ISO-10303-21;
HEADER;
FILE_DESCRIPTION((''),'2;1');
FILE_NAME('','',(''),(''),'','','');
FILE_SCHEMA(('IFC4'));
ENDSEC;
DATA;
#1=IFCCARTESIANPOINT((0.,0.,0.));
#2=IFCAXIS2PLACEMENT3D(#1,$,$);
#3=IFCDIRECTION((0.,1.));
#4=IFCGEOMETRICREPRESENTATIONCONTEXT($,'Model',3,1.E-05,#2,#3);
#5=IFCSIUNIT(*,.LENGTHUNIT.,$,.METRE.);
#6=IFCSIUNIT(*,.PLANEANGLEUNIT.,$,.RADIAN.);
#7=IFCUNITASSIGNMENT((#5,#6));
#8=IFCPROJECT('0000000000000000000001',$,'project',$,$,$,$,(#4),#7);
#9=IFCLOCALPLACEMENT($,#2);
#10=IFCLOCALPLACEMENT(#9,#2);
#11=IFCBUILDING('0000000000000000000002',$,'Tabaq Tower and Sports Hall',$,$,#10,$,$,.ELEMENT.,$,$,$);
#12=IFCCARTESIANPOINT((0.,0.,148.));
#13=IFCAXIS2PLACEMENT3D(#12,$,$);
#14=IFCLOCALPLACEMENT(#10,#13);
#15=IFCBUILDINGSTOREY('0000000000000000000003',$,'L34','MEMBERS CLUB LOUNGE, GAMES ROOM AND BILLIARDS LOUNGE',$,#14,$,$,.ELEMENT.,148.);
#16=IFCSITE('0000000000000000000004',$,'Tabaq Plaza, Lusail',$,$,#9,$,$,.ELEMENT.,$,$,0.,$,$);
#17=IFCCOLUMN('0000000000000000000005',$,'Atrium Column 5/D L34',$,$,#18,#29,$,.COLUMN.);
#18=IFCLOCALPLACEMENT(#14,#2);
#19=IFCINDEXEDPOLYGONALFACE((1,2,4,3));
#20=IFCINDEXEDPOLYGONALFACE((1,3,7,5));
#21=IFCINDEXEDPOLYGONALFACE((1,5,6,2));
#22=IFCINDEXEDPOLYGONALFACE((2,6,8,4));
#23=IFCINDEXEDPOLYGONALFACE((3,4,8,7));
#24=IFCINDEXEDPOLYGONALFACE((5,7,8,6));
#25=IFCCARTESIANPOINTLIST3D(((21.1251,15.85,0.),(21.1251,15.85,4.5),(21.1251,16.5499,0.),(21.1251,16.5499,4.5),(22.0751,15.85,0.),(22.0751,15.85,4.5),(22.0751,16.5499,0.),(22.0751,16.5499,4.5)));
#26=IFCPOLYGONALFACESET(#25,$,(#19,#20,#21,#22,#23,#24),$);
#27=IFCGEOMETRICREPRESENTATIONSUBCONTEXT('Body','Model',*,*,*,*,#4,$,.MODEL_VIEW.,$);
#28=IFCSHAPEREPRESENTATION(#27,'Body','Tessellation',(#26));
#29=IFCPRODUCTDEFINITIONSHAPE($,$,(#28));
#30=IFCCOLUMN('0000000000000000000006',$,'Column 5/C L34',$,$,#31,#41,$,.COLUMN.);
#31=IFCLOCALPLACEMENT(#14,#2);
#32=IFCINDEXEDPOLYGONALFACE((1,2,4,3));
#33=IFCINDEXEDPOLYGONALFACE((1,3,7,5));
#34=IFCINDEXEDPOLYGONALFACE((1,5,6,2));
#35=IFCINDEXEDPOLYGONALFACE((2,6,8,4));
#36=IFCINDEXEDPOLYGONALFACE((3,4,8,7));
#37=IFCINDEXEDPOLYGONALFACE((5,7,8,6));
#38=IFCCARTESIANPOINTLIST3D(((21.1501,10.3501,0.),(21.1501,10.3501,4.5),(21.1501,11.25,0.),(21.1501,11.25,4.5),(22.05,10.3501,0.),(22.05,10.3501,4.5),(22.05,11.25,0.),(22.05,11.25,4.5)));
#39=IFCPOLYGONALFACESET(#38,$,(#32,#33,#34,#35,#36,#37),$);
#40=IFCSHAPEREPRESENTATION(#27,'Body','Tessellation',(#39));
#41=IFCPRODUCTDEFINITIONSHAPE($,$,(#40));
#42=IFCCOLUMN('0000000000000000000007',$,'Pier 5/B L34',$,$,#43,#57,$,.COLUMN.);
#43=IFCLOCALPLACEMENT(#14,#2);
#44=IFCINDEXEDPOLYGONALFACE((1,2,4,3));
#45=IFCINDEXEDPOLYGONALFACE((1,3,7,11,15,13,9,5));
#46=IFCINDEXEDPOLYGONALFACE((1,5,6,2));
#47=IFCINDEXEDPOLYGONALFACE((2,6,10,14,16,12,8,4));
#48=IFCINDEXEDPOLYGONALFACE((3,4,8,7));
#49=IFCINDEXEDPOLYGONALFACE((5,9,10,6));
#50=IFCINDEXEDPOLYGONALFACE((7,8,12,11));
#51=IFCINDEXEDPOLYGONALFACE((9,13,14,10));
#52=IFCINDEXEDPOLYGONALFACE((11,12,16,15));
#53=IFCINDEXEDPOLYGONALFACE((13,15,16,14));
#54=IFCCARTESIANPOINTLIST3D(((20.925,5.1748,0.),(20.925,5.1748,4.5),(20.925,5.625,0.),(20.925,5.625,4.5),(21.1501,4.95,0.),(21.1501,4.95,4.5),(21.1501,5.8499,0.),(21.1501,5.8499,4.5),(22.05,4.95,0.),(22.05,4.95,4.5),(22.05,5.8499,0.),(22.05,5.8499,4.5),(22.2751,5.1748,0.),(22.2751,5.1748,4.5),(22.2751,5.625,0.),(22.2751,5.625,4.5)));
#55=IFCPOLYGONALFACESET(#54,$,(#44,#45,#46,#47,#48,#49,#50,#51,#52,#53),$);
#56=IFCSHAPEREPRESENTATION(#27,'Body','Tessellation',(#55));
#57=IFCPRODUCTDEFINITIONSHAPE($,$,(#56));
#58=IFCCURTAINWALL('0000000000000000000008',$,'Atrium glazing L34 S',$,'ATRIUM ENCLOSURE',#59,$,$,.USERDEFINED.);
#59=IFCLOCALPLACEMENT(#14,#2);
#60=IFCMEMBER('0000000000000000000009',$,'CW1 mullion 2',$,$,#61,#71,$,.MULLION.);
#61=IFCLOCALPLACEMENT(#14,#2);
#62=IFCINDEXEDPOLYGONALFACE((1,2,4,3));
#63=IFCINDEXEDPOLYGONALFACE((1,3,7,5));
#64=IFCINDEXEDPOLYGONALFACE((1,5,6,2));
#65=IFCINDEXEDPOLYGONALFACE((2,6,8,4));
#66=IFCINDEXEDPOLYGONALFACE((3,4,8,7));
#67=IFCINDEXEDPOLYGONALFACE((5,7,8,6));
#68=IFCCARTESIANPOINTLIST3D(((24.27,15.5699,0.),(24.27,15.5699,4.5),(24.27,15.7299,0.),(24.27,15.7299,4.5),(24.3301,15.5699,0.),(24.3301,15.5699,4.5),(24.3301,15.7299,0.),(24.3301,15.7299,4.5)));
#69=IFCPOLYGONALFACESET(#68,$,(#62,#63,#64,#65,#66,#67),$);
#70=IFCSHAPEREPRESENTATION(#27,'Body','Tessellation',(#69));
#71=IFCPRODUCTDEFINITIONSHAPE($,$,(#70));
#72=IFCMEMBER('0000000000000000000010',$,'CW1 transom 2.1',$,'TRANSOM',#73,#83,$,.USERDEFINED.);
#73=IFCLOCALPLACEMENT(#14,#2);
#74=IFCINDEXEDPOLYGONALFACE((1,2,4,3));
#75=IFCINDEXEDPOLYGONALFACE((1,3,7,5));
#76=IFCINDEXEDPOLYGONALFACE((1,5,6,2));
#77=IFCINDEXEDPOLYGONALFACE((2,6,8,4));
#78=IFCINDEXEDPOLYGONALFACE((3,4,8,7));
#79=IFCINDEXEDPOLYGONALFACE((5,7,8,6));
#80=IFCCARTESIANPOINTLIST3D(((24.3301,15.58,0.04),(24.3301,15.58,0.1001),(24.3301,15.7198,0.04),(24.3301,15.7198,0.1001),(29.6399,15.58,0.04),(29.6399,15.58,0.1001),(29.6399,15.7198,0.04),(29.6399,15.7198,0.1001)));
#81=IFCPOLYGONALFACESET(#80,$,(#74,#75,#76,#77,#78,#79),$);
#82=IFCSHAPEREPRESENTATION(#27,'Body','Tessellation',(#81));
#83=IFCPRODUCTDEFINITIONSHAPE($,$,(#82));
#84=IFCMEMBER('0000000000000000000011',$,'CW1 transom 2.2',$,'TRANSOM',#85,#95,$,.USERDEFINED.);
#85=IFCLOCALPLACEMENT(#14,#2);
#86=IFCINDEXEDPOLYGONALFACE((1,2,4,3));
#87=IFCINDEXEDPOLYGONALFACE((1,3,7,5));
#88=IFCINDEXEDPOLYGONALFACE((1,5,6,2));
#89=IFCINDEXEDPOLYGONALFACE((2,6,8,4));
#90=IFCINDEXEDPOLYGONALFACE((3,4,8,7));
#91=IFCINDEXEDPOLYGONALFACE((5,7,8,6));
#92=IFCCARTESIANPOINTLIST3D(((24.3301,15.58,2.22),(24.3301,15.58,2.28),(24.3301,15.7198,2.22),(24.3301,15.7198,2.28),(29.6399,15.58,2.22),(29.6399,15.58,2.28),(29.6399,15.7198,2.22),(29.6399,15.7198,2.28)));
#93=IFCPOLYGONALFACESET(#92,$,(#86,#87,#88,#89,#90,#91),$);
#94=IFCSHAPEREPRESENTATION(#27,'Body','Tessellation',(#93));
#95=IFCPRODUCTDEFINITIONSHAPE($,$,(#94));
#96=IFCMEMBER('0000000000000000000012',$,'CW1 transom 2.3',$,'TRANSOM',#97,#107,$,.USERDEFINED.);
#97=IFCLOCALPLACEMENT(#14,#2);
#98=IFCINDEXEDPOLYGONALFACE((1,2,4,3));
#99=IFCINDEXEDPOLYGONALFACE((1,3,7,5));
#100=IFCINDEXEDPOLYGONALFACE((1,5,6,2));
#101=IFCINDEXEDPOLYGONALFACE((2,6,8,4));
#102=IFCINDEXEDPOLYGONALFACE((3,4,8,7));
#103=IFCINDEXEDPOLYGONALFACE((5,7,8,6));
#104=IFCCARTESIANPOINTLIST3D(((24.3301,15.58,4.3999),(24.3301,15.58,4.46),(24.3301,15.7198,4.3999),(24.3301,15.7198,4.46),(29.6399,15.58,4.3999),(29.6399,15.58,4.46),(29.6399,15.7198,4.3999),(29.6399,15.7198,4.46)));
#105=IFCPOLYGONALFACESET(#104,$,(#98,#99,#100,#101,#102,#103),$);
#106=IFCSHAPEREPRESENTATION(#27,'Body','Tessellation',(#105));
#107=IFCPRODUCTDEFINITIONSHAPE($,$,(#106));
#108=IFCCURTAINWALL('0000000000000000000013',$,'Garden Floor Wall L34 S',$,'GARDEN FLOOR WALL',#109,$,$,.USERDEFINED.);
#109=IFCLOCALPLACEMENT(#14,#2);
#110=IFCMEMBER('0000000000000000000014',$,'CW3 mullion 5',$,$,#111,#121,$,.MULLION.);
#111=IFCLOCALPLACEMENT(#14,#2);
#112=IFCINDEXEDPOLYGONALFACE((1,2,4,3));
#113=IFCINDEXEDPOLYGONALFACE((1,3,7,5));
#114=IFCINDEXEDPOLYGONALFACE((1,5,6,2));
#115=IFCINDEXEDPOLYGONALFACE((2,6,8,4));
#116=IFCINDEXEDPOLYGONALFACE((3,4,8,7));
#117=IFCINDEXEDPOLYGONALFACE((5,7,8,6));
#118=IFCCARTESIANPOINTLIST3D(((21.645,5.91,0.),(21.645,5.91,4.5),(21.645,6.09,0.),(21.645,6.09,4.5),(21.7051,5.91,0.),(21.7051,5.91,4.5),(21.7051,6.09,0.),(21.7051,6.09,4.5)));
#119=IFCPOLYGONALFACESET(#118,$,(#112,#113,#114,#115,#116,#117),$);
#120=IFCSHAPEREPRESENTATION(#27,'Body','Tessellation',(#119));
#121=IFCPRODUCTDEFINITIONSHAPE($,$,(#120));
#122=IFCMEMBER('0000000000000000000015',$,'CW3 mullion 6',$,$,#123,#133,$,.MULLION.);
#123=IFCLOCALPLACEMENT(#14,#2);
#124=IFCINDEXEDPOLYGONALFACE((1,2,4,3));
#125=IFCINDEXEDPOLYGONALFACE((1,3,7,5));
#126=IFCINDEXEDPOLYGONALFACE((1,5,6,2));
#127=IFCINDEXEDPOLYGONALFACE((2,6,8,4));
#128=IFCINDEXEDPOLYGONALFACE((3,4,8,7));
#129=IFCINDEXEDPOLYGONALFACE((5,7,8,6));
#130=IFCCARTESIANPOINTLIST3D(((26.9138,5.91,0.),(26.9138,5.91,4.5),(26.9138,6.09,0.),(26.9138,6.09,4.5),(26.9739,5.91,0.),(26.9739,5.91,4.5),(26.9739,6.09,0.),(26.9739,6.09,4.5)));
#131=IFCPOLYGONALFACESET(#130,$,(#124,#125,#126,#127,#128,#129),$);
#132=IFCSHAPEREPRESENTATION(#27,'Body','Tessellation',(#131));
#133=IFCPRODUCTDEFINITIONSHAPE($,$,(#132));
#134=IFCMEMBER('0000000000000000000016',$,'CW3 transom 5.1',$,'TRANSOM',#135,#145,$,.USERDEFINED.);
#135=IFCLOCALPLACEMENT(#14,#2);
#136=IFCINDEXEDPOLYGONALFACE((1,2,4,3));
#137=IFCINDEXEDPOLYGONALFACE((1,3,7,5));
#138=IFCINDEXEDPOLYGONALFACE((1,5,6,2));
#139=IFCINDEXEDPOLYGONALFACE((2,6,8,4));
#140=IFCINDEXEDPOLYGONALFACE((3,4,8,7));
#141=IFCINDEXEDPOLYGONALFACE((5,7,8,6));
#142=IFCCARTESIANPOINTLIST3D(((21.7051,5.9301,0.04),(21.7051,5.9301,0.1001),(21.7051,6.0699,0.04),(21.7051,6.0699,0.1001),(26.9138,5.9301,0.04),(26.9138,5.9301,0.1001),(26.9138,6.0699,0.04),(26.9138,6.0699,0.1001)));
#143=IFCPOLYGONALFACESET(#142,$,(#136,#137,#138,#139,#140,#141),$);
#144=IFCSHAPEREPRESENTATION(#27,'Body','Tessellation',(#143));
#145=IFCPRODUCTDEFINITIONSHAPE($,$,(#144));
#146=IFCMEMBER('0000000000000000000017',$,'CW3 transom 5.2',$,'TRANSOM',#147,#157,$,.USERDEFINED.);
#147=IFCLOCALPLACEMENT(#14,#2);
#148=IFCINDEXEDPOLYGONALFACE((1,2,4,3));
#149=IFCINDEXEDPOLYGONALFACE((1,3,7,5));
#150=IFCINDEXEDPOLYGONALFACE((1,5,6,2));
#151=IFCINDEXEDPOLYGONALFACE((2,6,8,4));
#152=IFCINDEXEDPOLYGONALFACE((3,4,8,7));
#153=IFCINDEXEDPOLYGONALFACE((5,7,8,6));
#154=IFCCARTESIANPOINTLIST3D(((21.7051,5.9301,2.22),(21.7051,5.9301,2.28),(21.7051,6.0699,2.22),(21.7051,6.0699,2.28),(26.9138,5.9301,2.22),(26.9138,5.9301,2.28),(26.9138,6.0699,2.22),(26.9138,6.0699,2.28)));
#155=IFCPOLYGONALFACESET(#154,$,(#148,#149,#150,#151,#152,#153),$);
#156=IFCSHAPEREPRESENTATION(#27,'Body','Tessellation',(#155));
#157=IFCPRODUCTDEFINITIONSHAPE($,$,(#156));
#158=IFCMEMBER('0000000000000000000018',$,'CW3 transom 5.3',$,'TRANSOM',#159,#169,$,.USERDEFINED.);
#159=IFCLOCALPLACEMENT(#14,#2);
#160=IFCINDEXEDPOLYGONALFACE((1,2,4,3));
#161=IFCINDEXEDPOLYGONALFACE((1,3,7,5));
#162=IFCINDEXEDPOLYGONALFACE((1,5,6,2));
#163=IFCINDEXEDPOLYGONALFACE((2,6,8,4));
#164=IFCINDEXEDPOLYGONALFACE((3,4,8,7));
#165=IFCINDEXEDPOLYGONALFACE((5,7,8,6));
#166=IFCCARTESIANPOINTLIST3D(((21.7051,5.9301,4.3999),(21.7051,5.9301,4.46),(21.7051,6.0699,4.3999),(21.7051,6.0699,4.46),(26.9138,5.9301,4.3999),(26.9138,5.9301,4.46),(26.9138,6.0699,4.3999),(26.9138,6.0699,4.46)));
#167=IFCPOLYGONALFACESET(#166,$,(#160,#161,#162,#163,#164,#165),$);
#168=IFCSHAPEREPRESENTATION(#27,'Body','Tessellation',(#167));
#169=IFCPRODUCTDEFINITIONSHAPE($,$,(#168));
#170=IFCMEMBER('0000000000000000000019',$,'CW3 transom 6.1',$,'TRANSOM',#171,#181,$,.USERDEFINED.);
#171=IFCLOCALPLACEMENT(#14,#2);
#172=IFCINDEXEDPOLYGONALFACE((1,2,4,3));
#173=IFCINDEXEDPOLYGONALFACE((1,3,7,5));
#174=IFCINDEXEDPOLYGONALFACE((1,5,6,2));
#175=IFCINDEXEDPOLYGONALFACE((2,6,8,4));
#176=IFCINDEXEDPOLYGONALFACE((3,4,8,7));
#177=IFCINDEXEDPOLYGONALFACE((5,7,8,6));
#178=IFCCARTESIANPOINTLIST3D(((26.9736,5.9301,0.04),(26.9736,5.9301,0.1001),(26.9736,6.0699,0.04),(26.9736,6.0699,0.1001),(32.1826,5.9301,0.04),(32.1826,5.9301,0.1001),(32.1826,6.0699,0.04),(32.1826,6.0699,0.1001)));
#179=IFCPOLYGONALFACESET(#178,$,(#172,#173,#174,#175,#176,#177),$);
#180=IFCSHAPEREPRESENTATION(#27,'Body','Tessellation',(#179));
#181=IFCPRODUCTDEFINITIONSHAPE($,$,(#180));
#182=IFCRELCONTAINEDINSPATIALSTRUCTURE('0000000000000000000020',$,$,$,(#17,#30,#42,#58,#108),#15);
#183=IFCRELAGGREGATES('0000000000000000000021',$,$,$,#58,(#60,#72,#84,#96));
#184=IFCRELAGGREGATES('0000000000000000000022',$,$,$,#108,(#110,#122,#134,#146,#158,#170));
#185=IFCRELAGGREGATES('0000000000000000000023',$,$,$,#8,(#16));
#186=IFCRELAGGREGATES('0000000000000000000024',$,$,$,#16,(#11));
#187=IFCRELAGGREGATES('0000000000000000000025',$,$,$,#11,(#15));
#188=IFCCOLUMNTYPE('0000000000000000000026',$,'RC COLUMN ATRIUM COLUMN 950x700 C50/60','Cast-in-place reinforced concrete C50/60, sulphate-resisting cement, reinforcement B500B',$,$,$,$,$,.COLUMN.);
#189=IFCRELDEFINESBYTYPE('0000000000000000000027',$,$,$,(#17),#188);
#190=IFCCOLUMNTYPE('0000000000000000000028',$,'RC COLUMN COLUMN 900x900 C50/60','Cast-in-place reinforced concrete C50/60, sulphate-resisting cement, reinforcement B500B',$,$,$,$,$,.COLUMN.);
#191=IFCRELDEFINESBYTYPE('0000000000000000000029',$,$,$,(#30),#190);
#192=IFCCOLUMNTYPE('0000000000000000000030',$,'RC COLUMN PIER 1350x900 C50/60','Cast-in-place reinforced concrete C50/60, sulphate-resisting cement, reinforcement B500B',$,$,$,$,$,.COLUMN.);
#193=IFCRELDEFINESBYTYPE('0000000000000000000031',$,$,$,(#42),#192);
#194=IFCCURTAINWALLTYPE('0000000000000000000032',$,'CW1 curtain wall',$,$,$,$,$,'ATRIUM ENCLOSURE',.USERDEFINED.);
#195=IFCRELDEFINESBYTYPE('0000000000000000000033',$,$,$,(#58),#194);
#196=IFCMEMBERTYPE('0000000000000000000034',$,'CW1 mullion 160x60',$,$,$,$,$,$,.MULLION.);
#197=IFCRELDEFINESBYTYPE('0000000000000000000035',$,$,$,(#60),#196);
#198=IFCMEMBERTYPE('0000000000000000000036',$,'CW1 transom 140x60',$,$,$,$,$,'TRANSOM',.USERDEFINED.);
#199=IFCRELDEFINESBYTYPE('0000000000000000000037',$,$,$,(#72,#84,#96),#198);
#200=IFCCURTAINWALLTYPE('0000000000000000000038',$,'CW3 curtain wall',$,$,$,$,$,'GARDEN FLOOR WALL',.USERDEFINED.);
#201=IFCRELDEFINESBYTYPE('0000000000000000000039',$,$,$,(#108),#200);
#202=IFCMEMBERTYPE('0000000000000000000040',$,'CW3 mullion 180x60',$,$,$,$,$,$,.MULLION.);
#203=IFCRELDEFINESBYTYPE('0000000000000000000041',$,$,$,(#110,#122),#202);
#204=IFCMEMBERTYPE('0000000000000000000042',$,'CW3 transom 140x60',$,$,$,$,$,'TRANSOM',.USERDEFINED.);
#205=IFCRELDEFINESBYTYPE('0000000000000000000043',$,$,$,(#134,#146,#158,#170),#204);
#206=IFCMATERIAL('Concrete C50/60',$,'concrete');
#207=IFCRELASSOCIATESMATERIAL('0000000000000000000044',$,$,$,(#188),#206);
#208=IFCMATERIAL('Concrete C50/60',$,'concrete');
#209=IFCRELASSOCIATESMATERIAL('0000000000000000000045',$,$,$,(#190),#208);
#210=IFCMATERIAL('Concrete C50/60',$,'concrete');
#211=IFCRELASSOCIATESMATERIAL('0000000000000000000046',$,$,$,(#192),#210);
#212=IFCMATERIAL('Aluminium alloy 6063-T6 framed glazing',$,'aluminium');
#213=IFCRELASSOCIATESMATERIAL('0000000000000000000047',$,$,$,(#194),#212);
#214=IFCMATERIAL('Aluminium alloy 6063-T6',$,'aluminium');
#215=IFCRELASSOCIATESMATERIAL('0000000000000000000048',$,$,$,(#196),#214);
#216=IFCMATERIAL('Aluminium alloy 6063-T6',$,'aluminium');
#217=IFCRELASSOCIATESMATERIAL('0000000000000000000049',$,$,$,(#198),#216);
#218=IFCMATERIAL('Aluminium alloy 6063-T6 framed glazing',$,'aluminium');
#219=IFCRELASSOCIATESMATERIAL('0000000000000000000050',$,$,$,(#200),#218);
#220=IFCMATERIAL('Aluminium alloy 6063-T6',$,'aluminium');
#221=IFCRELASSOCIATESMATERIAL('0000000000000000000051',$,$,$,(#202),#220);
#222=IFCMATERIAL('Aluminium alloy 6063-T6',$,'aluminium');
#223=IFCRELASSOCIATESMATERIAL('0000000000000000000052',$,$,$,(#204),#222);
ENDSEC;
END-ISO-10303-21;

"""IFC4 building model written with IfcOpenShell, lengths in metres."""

from ifc_helpers import new_model, si_unit, direction, frame, origin, origin_2d, place, context, subcontext, project, spatial, polyline, rectangle, outline, extrude, material, material_profile, profile_set, type_object, element, aggregate, save


model = new_model("IFC4")

# Units and contexts
model_context = context("Model", 3, precision=1e-05, world=origin(), true_north=direction((0.0, 1.0)))
body_context = subcontext(model_context, "Body", "Model", "MODEL_VIEW")
ifc_project = project(units=[si_unit("LENGTHUNIT", "METRE"), si_unit("PLANEANGLEUNIT", "RADIAN")], contexts=[model_context])

# Site, building, storey
site_placement = place(None, origin())
site = spatial("IfcSite", under=ifc_project, at=site_placement, Name="Tabaq Plaza, Lusail", CompositionType="ELEMENT", RefElevation=0.0)
building_placement = place(site_placement, origin())
building = spatial("IfcBuilding", under=site, at=building_placement, Name="Tabaq Tower and Sports Hall", CompositionType="ELEMENT")
storey_placement = place(building_placement, frame((0.0, 0.0, 148.0)))
storey = spatial("IfcBuildingStorey", under=building, at=storey_placement, Name="L34", Description="MEMBERS CLUB LOUNGE, GAMES ROOM AND BILLIARDS LOUNGE", CompositionType="ELEMENT", Elevation=148.0)

# Columns
ifc_material_1 = material(Name="Concrete C50/60", Category="concrete")
ifc_material_profile_1 = material_profile(ifc_material_1, rectangle(XDim=0.95, YDim=0.7, at=origin_2d()), Name="ATRIUM COLUMN 950x700")
ifc_profile_set_1 = profile_set([ifc_material_profile_1], Name="Concrete C50/60")
column_type_1 = type_object("IfcColumnType", Name="RC COLUMN ATRIUM COLUMN 950x700 C50/60", Description="Cast-in-place reinforced concrete C50/60, sulphate-resisting cement, reinforcement B500B", PredefinedType="COLUMN", material=ifc_profile_set_1)
column_1_placement = place(storey_placement, frame((21.6001, 16.2, 0.0), z_axis=(0.0, 0.0, 1.0), x_axis=(1.0, 0.0, 0.0)))
element("IfcColumn", 1, at=column_1_placement, inside=storey, type_object=column_type_1, Name="Atrium Column 5/D L34", PredefinedType="COLUMN", context=body_context, shape_type="SweptSolid", body=[
    extrude(rectangle(XDim=0.95, YDim=0.7, at=origin_2d()), origin(), (0.0, 0.0, 1.0), 4.5),
])
ifc_material_2 = material(Name="Concrete C50/60", Category="concrete")
ifc_material_profile_2 = material_profile(ifc_material_2, rectangle(XDim=0.8999, YDim=0.8999, at=origin_2d()), Name="COLUMN 900x900")
ifc_profile_set_2 = profile_set([ifc_material_profile_2], Name="Concrete C50/60")
column_type_2 = type_object("IfcColumnType", Name="RC COLUMN COLUMN 900x900 C50/60", Description="Cast-in-place reinforced concrete C50/60, sulphate-resisting cement, reinforcement B500B", PredefinedType="COLUMN", material=ifc_profile_set_2)
column_2_placement = place(storey_placement, frame((21.6001, 10.8, 0.0), z_axis=(0.0, 0.0, 1.0), x_axis=(1.0, 0.0, 0.0)))
element("IfcColumn", 2, at=column_2_placement, inside=storey, type_object=column_type_2, Name="Column 5/C L34", PredefinedType="COLUMN", context=body_context, shape_type="SweptSolid", body=[
    extrude(rectangle(XDim=0.8999, YDim=0.8999, at=origin_2d()), origin(), (0.0, 0.0, 1.0), 4.5),
])
ifc_material_3 = material(Name="Concrete C50/60", Category="concrete")
ifc_material_profile_3 = material_profile(ifc_material_3, outline(polyline([(-0.45, -0.45), (0.45, -0.45), (0.675, -0.2251), (0.675, 0.2251), (0.45, 0.45), (-0.45, 0.45), (-0.675, 0.2251), (-0.675, -0.2251), (-0.45, -0.45)])), Name="PIER 1350x900")
ifc_profile_set_3 = profile_set([ifc_material_profile_3], Name="Concrete C50/60")
column_type_3 = type_object("IfcColumnType", Name="RC COLUMN PIER 1350x900 C50/60", Description="Cast-in-place reinforced concrete C50/60, sulphate-resisting cement, reinforcement B500B", PredefinedType="COLUMN", material=ifc_profile_set_3)
column_3_placement = place(storey_placement, frame((21.6001, 5.3999, 0.0), z_axis=(0.0, 0.0, 1.0), x_axis=(1.0, 0.0, 0.0)))
element("IfcColumn", 3, at=column_3_placement, inside=storey, type_object=column_type_3, Name="Pier 5/B L34", PredefinedType="COLUMN", context=body_context, shape_type="SweptSolid", body=[
    extrude(outline(polyline([(-0.45, -0.45), (0.45, -0.45), (0.675, -0.2251), (0.675, 0.2251), (0.45, 0.45), (-0.45, 0.45), (-0.675, 0.2251), (-0.675, -0.2251), (-0.45, -0.45)])), origin(), (0.0, 0.0, 1.0), 4.5),
])

# Curtain walls, members
ifc_material_4 = material(Name="Aluminium alloy 6063-T6 framed glazing", Category="aluminium")
curtain_wall_type_1 = type_object("IfcCurtainWallType", Name="CW1 curtain wall", ElementType="ATRIUM ENCLOSURE", PredefinedType="USERDEFINED", material=ifc_material_4)
curtain_wall_1_placement = place(storey_placement, origin())
curtain_wall_1 = element("IfcCurtainWall", 4, at=curtain_wall_1_placement, inside=storey, type_object=curtain_wall_type_1, Name="Atrium glazing L34 S", ObjectType="ATRIUM ENCLOSURE", PredefinedType="USERDEFINED")
ifc_material_5 = material(Name="Aluminium alloy 6063-T6", Category="aluminium")
ifc_material_profile_4 = material_profile(ifc_material_5, rectangle(XDim=0.1599, YDim=0.0601, at=origin_2d()), Name="MULLION 160x60")
ifc_profile_set_4 = profile_set([ifc_material_profile_4], Name="Aluminium alloy 6063-T6")
member_type_1 = type_object("IfcMemberType", Name="CW1 mullion 160x60", PredefinedType="MULLION", material=ifc_profile_set_4)
member_1_placement = place(storey_placement, frame((24.3, 15.6499, 0.0), z_axis=(0.0, 0.0, 1.0), x_axis=(0.0, 1.0, 0.0)))
member_1 = element("IfcMember", 5, at=member_1_placement, type_object=member_type_1, Name="CW1 mullion 2", PredefinedType="MULLION", context=body_context, shape_type="SweptSolid", body=[
    extrude(rectangle(XDim=0.1599, YDim=0.0601, at=origin_2d()), origin(), (0.0, 0.0, 1.0), 4.5),
])
ifc_material_6 = material(Name="Aluminium alloy 6063-T6", Category="aluminium")
ifc_material_profile_5 = material_profile(ifc_material_6, rectangle(XDim=0.1399, YDim=0.0601, at=origin_2d()), Name="TRANSOM 140x60")
ifc_profile_set_5 = profile_set([ifc_material_profile_5], Name="Aluminium alloy 6063-T6")
member_type_2 = type_object("IfcMemberType", Name="CW1 transom 140x60", ElementType="TRANSOM", PredefinedType="USERDEFINED", material=ifc_profile_set_5)
member_2_placement = place(storey_placement, frame((24.3301, 15.6499, 0.0701), z_axis=(1.0, 0.0, 0.0), x_axis=(0.0, 1.0, 0.0)))
member_2 = element("IfcMember", 6, at=member_2_placement, type_object=member_type_2, Name="CW1 transom 2.1", ObjectType="TRANSOM", PredefinedType="USERDEFINED", context=body_context, shape_type="SweptSolid", body=[
    extrude(rectangle(XDim=0.1399, YDim=0.0601, at=origin_2d()), origin(), (0.0, 0.0, 1.0), 5.3098),
])
member_3_placement = place(storey_placement, frame((24.3301, 15.6499, 2.25), z_axis=(1.0, 0.0, 0.0), x_axis=(0.0, 1.0, 0.0)))
member_3 = element("IfcMember", 7, at=member_3_placement, type_object=member_type_2, Name="CW1 transom 2.2", ObjectType="TRANSOM", PredefinedType="USERDEFINED", context=body_context, shape_type="SweptSolid", body=[
    extrude(rectangle(XDim=0.1399, YDim=0.0601, at=origin_2d()), origin(), (0.0, 0.0, 1.0), 5.3098),
])
member_4_placement = place(storey_placement, frame((24.3301, 15.6499, 4.4299), z_axis=(1.0, 0.0, 0.0), x_axis=(0.0, 1.0, 0.0)))
member_4 = element("IfcMember", 8, at=member_4_placement, type_object=member_type_2, Name="CW1 transom 2.3", ObjectType="TRANSOM", PredefinedType="USERDEFINED", context=body_context, shape_type="SweptSolid", body=[
    extrude(rectangle(XDim=0.1399, YDim=0.0601, at=origin_2d()), origin(), (0.0, 0.0, 1.0), 5.3098),
])
ifc_material_7 = material(Name="Aluminium alloy 6063-T6 framed glazing", Category="aluminium")
curtain_wall_type_2 = type_object("IfcCurtainWallType", Name="CW3 curtain wall", ElementType="GARDEN FLOOR WALL", PredefinedType="USERDEFINED", material=ifc_material_7)
curtain_wall_2_placement = place(storey_placement, origin())
curtain_wall_2 = element("IfcCurtainWall", 9, at=curtain_wall_2_placement, inside=storey, type_object=curtain_wall_type_2, Name="Garden Floor Wall L34 S", ObjectType="GARDEN FLOOR WALL", PredefinedType="USERDEFINED")
ifc_material_8 = material(Name="Aluminium alloy 6063-T6", Category="aluminium")
ifc_material_profile_6 = material_profile(ifc_material_8, rectangle(XDim=0.1799, YDim=0.0601, at=origin_2d()), Name="MULLION 180x60")
ifc_profile_set_6 = profile_set([ifc_material_profile_6], Name="Aluminium alloy 6063-T6")
member_type_3 = type_object("IfcMemberType", Name="CW3 mullion 180x60", PredefinedType="MULLION", material=ifc_profile_set_6)
member_5_placement = place(storey_placement, frame((21.675, 6.0, 0.0), z_axis=(0.0, 0.0, 1.0), x_axis=(0.0, 1.0, 0.0)))
member_5 = element("IfcMember", 10, at=member_5_placement, type_object=member_type_3, Name="CW3 mullion 5", PredefinedType="MULLION", context=body_context, shape_type="SweptSolid", body=[
    extrude(rectangle(XDim=0.1799, YDim=0.0601, at=origin_2d()), origin(), (0.0, 0.0, 1.0), 4.5),
])
member_6_placement = place(storey_placement, frame((26.9438, 6.0, 0.0), z_axis=(0.0, 0.0, 1.0), x_axis=(0.0, 1.0, 0.0)))
member_6 = element("IfcMember", 11, at=member_6_placement, type_object=member_type_3, Name="CW3 mullion 6", PredefinedType="MULLION", context=body_context, shape_type="SweptSolid", body=[
    extrude(rectangle(XDim=0.1799, YDim=0.0601, at=origin_2d()), origin(), (0.0, 0.0, 1.0), 4.5),
])
ifc_material_9 = material(Name="Aluminium alloy 6063-T6", Category="aluminium")
ifc_material_profile_7 = material_profile(ifc_material_9, rectangle(XDim=0.1399, YDim=0.0601, at=origin_2d()), Name="TRANSOM 140x60")
ifc_profile_set_7 = profile_set([ifc_material_profile_7], Name="Aluminium alloy 6063-T6")
member_type_4 = type_object("IfcMemberType", Name="CW3 transom 140x60", ElementType="TRANSOM", PredefinedType="USERDEFINED", material=ifc_profile_set_7)
member_7_placement = place(storey_placement, frame((21.7051, 6.0, 0.0701), z_axis=(1.0, 0.0, 0.0), x_axis=(0.0, 1.0, 0.0)))
member_7 = element("IfcMember", 12, at=member_7_placement, type_object=member_type_4, Name="CW3 transom 5.1", ObjectType="TRANSOM", PredefinedType="USERDEFINED", context=body_context, shape_type="SweptSolid", body=[
    extrude(rectangle(XDim=0.1399, YDim=0.0601, at=origin_2d()), origin(), (0.0, 0.0, 1.0), 5.2087),
])
member_8_placement = place(storey_placement, frame((21.7051, 6.0, 2.25), z_axis=(1.0, 0.0, 0.0), x_axis=(0.0, 1.0, 0.0)))
member_8 = element("IfcMember", 13, at=member_8_placement, type_object=member_type_4, Name="CW3 transom 5.2", ObjectType="TRANSOM", PredefinedType="USERDEFINED", context=body_context, shape_type="SweptSolid", body=[
    extrude(rectangle(XDim=0.1399, YDim=0.0601, at=origin_2d()), origin(), (0.0, 0.0, 1.0), 5.2087),
])
member_9_placement = place(storey_placement, frame((21.7051, 6.0, 4.4299), z_axis=(1.0, 0.0, 0.0), x_axis=(0.0, 1.0, 0.0)))
member_9 = element("IfcMember", 14, at=member_9_placement, type_object=member_type_4, Name="CW3 transom 5.3", ObjectType="TRANSOM", PredefinedType="USERDEFINED", context=body_context, shape_type="SweptSolid", body=[
    extrude(rectangle(XDim=0.1399, YDim=0.0601, at=origin_2d()), origin(), (0.0, 0.0, 1.0), 5.2087),
])
member_10_placement = place(storey_placement, frame((26.9736, 6.0, 0.0701), z_axis=(1.0, 0.0, 0.0), x_axis=(0.0, 1.0, 0.0)))
member_10 = element("IfcMember", 15, at=member_10_placement, type_object=member_type_4, Name="CW3 transom 6.1", ObjectType="TRANSOM", PredefinedType="USERDEFINED", context=body_context, shape_type="SweptSolid", body=[
    extrude(rectangle(XDim=0.1399, YDim=0.0601, at=origin_2d()), origin(), (0.0, 0.0, 1.0), 5.209),
])

aggregate(curtain_wall_1, [member_1, member_2, member_3, member_4])
aggregate(curtain_wall_2, [member_5, member_6, member_7, member_8, member_9, member_10])

save(model, "model.ifc")
